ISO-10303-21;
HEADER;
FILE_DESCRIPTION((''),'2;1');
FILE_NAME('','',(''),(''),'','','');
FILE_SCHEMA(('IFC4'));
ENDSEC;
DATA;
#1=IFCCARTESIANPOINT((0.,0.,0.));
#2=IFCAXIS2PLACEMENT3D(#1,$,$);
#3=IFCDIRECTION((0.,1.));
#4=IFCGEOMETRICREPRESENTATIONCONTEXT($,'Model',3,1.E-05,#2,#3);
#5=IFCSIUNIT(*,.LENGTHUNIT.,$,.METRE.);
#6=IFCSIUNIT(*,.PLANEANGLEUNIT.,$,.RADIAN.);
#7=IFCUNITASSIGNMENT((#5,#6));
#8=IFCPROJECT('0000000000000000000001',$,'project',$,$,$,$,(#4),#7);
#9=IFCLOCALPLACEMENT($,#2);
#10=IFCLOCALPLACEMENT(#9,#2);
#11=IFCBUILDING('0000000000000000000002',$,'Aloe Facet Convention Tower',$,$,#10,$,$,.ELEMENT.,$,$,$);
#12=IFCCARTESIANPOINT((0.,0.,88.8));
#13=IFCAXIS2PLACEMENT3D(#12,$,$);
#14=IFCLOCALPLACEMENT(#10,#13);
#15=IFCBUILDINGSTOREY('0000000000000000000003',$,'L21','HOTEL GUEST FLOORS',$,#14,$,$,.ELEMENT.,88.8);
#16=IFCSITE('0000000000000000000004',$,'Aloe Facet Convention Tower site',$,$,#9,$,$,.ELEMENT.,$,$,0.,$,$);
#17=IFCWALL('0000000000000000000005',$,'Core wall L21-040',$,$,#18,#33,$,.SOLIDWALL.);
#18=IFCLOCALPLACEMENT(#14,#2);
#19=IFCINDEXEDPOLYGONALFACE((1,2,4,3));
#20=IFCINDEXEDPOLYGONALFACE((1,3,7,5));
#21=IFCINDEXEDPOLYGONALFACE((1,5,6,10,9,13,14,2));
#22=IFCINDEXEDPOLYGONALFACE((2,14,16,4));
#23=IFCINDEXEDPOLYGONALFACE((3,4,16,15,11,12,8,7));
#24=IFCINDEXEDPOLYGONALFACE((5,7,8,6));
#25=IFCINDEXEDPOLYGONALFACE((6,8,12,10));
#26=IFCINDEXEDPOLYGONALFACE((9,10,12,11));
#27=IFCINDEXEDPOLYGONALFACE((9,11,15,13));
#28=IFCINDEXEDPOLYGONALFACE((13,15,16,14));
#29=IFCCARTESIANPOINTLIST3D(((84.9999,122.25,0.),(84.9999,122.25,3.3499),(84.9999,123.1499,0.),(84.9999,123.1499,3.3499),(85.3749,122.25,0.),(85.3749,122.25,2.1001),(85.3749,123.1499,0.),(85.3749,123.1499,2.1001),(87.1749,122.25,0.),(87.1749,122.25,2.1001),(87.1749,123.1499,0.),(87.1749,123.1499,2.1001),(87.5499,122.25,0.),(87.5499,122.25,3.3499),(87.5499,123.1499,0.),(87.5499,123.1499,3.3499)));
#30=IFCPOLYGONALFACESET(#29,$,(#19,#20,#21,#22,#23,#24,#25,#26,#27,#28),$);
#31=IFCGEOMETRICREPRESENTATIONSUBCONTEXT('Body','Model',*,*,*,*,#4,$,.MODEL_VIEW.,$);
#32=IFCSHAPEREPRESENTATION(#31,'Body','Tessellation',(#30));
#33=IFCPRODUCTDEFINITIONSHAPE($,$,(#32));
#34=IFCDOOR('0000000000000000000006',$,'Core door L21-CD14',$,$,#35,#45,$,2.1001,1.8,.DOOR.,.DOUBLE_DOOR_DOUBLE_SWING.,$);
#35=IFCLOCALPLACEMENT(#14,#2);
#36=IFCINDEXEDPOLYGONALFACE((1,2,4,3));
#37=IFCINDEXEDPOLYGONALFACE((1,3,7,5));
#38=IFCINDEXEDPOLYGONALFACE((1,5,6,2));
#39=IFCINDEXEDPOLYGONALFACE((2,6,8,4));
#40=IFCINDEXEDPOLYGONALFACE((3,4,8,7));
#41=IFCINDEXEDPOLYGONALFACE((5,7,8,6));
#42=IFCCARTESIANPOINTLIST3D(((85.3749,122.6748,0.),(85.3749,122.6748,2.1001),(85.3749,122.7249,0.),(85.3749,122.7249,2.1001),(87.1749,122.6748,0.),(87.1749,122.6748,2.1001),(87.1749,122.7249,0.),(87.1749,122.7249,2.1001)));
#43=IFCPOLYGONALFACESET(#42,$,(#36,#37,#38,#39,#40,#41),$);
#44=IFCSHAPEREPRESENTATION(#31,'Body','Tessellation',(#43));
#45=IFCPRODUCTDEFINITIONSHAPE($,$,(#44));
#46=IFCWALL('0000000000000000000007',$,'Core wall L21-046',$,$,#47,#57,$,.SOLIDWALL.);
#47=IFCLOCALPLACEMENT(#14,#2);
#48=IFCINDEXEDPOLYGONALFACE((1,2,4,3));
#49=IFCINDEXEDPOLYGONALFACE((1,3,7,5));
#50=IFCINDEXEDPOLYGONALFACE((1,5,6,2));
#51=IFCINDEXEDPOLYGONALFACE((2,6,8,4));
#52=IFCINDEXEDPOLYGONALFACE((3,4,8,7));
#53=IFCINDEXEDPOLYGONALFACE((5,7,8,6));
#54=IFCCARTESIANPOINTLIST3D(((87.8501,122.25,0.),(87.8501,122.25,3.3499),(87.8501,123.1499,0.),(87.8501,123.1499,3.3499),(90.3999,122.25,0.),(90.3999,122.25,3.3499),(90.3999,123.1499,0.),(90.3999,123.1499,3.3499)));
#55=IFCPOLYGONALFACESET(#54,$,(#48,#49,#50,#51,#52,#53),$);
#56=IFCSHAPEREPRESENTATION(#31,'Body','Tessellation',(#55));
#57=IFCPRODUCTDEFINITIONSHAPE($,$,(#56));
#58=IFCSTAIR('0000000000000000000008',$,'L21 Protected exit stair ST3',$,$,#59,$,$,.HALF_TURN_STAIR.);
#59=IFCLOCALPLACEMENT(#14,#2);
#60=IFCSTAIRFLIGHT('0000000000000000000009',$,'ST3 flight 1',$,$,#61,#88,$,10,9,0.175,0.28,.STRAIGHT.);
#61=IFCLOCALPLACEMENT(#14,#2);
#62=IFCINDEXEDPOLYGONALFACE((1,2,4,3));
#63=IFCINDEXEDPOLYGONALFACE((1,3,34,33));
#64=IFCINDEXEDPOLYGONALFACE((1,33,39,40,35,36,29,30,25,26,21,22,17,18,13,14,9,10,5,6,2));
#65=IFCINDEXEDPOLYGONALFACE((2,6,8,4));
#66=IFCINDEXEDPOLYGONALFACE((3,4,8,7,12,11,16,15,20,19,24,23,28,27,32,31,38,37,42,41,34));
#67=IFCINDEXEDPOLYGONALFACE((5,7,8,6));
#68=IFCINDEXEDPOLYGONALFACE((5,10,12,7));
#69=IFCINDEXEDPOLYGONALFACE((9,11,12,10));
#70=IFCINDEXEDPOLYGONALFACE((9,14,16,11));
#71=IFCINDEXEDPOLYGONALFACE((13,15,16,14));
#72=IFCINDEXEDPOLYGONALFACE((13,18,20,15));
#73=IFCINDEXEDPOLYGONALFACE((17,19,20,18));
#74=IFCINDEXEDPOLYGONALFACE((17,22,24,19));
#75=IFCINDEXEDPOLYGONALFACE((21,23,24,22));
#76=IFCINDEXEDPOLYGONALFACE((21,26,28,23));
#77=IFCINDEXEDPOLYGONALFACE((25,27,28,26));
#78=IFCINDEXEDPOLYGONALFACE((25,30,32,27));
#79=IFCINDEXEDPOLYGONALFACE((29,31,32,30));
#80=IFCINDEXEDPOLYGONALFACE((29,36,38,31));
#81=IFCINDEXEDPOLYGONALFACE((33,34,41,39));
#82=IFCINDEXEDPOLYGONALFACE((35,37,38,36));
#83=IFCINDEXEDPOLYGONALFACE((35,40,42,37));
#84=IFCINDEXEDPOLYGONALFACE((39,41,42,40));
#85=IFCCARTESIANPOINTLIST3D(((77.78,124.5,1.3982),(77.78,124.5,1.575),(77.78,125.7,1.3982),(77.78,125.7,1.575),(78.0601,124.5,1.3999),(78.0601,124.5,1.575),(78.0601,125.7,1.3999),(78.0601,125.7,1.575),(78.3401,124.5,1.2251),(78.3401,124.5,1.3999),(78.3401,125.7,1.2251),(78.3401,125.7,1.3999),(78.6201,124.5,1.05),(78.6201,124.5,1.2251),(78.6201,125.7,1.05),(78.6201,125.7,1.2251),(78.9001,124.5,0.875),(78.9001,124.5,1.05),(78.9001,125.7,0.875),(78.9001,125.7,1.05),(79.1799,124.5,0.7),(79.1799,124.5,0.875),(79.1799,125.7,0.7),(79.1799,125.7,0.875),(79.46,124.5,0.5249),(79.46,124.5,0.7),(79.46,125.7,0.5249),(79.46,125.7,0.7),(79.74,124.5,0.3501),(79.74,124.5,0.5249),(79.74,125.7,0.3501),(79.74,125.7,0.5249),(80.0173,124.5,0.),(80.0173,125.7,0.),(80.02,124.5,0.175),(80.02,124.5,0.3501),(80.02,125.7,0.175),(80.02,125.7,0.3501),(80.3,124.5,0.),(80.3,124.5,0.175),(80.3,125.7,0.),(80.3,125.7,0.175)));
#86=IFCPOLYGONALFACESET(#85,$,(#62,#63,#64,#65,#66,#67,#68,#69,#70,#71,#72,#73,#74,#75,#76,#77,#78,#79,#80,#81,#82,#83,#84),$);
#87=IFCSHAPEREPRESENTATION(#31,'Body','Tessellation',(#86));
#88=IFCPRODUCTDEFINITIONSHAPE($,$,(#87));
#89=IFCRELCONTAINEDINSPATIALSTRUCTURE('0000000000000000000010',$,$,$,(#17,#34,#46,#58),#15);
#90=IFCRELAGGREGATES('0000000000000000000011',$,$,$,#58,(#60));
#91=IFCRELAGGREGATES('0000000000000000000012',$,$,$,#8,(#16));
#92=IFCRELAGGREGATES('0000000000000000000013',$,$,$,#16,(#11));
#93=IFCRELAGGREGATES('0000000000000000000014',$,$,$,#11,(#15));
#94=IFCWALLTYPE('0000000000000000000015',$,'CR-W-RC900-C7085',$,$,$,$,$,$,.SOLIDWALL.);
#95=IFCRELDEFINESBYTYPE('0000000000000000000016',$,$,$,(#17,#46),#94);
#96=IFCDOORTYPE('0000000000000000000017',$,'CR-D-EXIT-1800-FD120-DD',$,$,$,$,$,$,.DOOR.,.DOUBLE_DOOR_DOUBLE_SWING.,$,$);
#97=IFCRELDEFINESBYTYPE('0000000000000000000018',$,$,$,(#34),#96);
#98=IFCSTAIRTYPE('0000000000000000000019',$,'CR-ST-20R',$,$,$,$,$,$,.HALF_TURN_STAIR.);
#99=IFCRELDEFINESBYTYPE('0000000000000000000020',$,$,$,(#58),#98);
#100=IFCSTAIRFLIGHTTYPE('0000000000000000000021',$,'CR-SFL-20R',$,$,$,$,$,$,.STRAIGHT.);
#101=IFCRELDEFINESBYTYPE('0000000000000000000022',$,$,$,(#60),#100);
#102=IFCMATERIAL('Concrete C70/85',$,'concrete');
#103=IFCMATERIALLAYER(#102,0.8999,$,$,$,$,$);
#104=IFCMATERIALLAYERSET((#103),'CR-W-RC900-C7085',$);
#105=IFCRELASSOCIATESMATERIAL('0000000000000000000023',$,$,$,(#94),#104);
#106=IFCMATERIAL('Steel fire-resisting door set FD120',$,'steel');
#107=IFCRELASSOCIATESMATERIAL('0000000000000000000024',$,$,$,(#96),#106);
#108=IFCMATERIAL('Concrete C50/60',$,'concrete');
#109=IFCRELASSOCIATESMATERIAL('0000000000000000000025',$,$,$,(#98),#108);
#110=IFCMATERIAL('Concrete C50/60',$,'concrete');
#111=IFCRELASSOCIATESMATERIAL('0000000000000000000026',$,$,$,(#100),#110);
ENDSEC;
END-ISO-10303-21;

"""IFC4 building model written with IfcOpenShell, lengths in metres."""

from ifc_helpers import new_model, si_unit, direction, frame, frame_2d, origin, place, context, subcontext, project, spatial, polyline, rectangle, outline, extrude, material, layer, layer_set, type_object, element, fill, aggregate, save


model = new_model("IFC4")

# Units and contexts
model_context = context("Model", 3, precision=1e-05, world=origin(), true_north=direction((0.0, 1.0)))
body_context = subcontext(model_context, "Body", "Model", "MODEL_VIEW")
ifc_project = project(units=[si_unit("LENGTHUNIT", "METRE"), si_unit("PLANEANGLEUNIT", "RADIAN")], contexts=[model_context])

# Site, building, storey
site_placement = place(None, origin())
site = spatial("IfcSite", under=ifc_project, at=site_placement, Name="Aloe Facet Convention Tower site", CompositionType="ELEMENT", RefElevation=0.0)
building_placement = place(site_placement, origin())
building = spatial("IfcBuilding", under=site, at=building_placement, Name="Aloe Facet Convention Tower", CompositionType="ELEMENT")
storey_placement = place(building_placement, frame((0.0, 0.0, 88.8)))
storey = spatial("IfcBuildingStorey", under=building, at=storey_placement, Name="L21", Description="HOTEL GUEST FLOORS", CompositionType="ELEMENT", Elevation=88.8)

# Wall, opening, door
ifc_material_1 = material(Name="Concrete C70/85", Category="concrete")
ifc_layer_1 = layer(ifc_material_1, 0.8999)
ifc_layer_set_1 = layer_set([ifc_layer_1], Name="CR-W-RC900-C7085")
wall_type_1 = type_object("IfcWallType", Name="CR-W-RC900-C7085", PredefinedType="SOLIDWALL", material=ifc_layer_set_1)
wall_1_placement = place(storey_placement, frame((85.0, 122.7, 0.0), z_axis=(0.0, 0.0, 1.0), x_axis=(1.0, 0.0, 0.0)))
wall_1 = element("IfcWall", 1, at=wall_1_placement, inside=storey, type_object=wall_type_1, Name="Core wall L21-040", PredefinedType="SOLIDWALL", context=body_context, shape_type="SweptSolid", body=[
    extrude(rectangle(XDim=2.55, YDim=0.8999, at=frame_2d((1.2749, 0.0))), origin(), (0.0, 0.0, 1.0), 3.3499),
])
opening_1_placement = place(wall_1_placement, frame((0.375, 0.0, 0.0)))
opening_1 = element("IfcOpeningElement", 2, at=opening_1_placement, cuts=wall_1, PredefinedType="OPENING", context=body_context, shape_type="SweptSolid", body=[
    extrude(rectangle(XDim=1.8, YDim=2.1001, at=frame_2d((0.8999, 1.05))), frame((0.0, 0.46, 0.0), z_axis=(0.0, -1.0, 0.0), x_axis=(1.0, 0.0, 0.0)), (0.0, 0.0, 1.0), 0.9199),
])
ifc_material_2 = material(Name="Steel fire-resisting door set FD120", Category="steel")
door_type_1 = type_object("IfcDoorType", Name="CR-D-EXIT-1800-FD120-DD", OperationType="DOUBLE_DOOR_DOUBLE_SWING", PredefinedType="DOOR", material=ifc_material_2)
door_1_placement = place(opening_1_placement, origin())
door_1 = element("IfcDoor", 3, at=door_1_placement, inside=storey, type_object=door_type_1, Name="Core door L21-CD14", OperationType="DOUBLE_DOOR_DOUBLE_SWING", OverallHeight=2.1001, OverallWidth=1.8, PredefinedType="DOOR", context=body_context, shape_type="SweptSolid", body=[
    extrude(rectangle(XDim=1.8, YDim=2.1001, at=frame_2d((0.8999, 1.05))), frame((0.0, 0.0249, 0.0), z_axis=(0.0, -1.0, 0.0), x_axis=(1.0, 0.0, 0.0)), (0.0, 0.0, 1.0), 0.05),
])
fill(opening_1, door_1)

# Wall
wall_2_placement = place(storey_placement, frame((87.8501, 122.7, 0.0), z_axis=(0.0, 0.0, 1.0), x_axis=(1.0, 0.0, 0.0)))
element("IfcWall", 4, at=wall_2_placement, inside=storey, type_object=wall_type_1, Name="Core wall L21-046", PredefinedType="SOLIDWALL", context=body_context, shape_type="SweptSolid", body=[
    extrude(rectangle(XDim=2.5498, YDim=0.8999, at=frame_2d((1.2749, 0.0))), origin(), (0.0, 0.0, 1.0), 3.3499),
])

# Stair, stair flight
ifc_material_3 = material(Name="Concrete C50/60", Category="concrete")
stair_type = type_object("IfcStairType", Name="CR-ST-20R", PredefinedType="HALF_TURN_STAIR", material=ifc_material_3)
stair_placement = place(storey_placement, origin())
stair = element("IfcStair", 5, at=stair_placement, inside=storey, type_object=stair_type, Name="L21 Protected exit stair ST3", PredefinedType="HALF_TURN_STAIR")
ifc_material_4 = material(Name="Concrete C50/60", Category="concrete")
stair_flight_type = type_object("IfcStairFlightType", Name="CR-SFL-20R", PredefinedType="STRAIGHT", material=ifc_material_4)
stair_flight_placement = place(storey_placement, frame((80.3, 125.1001, 0.0), z_axis=(0.0, 0.0, 1.0), x_axis=(-1.0, 0.0, 0.0)))
stair_flight = element("IfcStairFlight", 6, at=stair_flight_placement, type_object=stair_flight_type, Name="ST3 flight 1", NumberOfRisers=10, NumberOfTreads=9, PredefinedType="STRAIGHT", RiserHeight=0.175, TreadLength=0.28, context=body_context, shape_type="SweptSolid", body=[
    extrude(outline(polyline([(0.0, 0.0), (0.0, 0.175), (0.28, 0.175), (0.28, 0.3501), (0.5601, 0.3501), (0.5601, 0.5249), (0.8401, 0.5249), (0.8401, 0.7), (1.1201, 0.7), (1.1201, 0.875), (1.3999, 0.875), (1.3999, 1.05), (1.6799, 1.05), (1.6799, 1.2251), (1.96, 1.2251), (1.96, 1.3999), (2.24, 1.3999), (2.24, 1.575), (2.52, 1.575), (2.52, 1.75), (2.52, 1.3982), (0.2827, 0.0), (0.0, 0.0)])), frame((0.0, 0.6001, 0.0), z_axis=(0.0, -1.0, 0.0), x_axis=(1.0, 0.0, 0.0)), (0.0, 0.0, 1.0), 1.2),
])
aggregate(stair, [stair_flight])

save(model, "model.ifc")
